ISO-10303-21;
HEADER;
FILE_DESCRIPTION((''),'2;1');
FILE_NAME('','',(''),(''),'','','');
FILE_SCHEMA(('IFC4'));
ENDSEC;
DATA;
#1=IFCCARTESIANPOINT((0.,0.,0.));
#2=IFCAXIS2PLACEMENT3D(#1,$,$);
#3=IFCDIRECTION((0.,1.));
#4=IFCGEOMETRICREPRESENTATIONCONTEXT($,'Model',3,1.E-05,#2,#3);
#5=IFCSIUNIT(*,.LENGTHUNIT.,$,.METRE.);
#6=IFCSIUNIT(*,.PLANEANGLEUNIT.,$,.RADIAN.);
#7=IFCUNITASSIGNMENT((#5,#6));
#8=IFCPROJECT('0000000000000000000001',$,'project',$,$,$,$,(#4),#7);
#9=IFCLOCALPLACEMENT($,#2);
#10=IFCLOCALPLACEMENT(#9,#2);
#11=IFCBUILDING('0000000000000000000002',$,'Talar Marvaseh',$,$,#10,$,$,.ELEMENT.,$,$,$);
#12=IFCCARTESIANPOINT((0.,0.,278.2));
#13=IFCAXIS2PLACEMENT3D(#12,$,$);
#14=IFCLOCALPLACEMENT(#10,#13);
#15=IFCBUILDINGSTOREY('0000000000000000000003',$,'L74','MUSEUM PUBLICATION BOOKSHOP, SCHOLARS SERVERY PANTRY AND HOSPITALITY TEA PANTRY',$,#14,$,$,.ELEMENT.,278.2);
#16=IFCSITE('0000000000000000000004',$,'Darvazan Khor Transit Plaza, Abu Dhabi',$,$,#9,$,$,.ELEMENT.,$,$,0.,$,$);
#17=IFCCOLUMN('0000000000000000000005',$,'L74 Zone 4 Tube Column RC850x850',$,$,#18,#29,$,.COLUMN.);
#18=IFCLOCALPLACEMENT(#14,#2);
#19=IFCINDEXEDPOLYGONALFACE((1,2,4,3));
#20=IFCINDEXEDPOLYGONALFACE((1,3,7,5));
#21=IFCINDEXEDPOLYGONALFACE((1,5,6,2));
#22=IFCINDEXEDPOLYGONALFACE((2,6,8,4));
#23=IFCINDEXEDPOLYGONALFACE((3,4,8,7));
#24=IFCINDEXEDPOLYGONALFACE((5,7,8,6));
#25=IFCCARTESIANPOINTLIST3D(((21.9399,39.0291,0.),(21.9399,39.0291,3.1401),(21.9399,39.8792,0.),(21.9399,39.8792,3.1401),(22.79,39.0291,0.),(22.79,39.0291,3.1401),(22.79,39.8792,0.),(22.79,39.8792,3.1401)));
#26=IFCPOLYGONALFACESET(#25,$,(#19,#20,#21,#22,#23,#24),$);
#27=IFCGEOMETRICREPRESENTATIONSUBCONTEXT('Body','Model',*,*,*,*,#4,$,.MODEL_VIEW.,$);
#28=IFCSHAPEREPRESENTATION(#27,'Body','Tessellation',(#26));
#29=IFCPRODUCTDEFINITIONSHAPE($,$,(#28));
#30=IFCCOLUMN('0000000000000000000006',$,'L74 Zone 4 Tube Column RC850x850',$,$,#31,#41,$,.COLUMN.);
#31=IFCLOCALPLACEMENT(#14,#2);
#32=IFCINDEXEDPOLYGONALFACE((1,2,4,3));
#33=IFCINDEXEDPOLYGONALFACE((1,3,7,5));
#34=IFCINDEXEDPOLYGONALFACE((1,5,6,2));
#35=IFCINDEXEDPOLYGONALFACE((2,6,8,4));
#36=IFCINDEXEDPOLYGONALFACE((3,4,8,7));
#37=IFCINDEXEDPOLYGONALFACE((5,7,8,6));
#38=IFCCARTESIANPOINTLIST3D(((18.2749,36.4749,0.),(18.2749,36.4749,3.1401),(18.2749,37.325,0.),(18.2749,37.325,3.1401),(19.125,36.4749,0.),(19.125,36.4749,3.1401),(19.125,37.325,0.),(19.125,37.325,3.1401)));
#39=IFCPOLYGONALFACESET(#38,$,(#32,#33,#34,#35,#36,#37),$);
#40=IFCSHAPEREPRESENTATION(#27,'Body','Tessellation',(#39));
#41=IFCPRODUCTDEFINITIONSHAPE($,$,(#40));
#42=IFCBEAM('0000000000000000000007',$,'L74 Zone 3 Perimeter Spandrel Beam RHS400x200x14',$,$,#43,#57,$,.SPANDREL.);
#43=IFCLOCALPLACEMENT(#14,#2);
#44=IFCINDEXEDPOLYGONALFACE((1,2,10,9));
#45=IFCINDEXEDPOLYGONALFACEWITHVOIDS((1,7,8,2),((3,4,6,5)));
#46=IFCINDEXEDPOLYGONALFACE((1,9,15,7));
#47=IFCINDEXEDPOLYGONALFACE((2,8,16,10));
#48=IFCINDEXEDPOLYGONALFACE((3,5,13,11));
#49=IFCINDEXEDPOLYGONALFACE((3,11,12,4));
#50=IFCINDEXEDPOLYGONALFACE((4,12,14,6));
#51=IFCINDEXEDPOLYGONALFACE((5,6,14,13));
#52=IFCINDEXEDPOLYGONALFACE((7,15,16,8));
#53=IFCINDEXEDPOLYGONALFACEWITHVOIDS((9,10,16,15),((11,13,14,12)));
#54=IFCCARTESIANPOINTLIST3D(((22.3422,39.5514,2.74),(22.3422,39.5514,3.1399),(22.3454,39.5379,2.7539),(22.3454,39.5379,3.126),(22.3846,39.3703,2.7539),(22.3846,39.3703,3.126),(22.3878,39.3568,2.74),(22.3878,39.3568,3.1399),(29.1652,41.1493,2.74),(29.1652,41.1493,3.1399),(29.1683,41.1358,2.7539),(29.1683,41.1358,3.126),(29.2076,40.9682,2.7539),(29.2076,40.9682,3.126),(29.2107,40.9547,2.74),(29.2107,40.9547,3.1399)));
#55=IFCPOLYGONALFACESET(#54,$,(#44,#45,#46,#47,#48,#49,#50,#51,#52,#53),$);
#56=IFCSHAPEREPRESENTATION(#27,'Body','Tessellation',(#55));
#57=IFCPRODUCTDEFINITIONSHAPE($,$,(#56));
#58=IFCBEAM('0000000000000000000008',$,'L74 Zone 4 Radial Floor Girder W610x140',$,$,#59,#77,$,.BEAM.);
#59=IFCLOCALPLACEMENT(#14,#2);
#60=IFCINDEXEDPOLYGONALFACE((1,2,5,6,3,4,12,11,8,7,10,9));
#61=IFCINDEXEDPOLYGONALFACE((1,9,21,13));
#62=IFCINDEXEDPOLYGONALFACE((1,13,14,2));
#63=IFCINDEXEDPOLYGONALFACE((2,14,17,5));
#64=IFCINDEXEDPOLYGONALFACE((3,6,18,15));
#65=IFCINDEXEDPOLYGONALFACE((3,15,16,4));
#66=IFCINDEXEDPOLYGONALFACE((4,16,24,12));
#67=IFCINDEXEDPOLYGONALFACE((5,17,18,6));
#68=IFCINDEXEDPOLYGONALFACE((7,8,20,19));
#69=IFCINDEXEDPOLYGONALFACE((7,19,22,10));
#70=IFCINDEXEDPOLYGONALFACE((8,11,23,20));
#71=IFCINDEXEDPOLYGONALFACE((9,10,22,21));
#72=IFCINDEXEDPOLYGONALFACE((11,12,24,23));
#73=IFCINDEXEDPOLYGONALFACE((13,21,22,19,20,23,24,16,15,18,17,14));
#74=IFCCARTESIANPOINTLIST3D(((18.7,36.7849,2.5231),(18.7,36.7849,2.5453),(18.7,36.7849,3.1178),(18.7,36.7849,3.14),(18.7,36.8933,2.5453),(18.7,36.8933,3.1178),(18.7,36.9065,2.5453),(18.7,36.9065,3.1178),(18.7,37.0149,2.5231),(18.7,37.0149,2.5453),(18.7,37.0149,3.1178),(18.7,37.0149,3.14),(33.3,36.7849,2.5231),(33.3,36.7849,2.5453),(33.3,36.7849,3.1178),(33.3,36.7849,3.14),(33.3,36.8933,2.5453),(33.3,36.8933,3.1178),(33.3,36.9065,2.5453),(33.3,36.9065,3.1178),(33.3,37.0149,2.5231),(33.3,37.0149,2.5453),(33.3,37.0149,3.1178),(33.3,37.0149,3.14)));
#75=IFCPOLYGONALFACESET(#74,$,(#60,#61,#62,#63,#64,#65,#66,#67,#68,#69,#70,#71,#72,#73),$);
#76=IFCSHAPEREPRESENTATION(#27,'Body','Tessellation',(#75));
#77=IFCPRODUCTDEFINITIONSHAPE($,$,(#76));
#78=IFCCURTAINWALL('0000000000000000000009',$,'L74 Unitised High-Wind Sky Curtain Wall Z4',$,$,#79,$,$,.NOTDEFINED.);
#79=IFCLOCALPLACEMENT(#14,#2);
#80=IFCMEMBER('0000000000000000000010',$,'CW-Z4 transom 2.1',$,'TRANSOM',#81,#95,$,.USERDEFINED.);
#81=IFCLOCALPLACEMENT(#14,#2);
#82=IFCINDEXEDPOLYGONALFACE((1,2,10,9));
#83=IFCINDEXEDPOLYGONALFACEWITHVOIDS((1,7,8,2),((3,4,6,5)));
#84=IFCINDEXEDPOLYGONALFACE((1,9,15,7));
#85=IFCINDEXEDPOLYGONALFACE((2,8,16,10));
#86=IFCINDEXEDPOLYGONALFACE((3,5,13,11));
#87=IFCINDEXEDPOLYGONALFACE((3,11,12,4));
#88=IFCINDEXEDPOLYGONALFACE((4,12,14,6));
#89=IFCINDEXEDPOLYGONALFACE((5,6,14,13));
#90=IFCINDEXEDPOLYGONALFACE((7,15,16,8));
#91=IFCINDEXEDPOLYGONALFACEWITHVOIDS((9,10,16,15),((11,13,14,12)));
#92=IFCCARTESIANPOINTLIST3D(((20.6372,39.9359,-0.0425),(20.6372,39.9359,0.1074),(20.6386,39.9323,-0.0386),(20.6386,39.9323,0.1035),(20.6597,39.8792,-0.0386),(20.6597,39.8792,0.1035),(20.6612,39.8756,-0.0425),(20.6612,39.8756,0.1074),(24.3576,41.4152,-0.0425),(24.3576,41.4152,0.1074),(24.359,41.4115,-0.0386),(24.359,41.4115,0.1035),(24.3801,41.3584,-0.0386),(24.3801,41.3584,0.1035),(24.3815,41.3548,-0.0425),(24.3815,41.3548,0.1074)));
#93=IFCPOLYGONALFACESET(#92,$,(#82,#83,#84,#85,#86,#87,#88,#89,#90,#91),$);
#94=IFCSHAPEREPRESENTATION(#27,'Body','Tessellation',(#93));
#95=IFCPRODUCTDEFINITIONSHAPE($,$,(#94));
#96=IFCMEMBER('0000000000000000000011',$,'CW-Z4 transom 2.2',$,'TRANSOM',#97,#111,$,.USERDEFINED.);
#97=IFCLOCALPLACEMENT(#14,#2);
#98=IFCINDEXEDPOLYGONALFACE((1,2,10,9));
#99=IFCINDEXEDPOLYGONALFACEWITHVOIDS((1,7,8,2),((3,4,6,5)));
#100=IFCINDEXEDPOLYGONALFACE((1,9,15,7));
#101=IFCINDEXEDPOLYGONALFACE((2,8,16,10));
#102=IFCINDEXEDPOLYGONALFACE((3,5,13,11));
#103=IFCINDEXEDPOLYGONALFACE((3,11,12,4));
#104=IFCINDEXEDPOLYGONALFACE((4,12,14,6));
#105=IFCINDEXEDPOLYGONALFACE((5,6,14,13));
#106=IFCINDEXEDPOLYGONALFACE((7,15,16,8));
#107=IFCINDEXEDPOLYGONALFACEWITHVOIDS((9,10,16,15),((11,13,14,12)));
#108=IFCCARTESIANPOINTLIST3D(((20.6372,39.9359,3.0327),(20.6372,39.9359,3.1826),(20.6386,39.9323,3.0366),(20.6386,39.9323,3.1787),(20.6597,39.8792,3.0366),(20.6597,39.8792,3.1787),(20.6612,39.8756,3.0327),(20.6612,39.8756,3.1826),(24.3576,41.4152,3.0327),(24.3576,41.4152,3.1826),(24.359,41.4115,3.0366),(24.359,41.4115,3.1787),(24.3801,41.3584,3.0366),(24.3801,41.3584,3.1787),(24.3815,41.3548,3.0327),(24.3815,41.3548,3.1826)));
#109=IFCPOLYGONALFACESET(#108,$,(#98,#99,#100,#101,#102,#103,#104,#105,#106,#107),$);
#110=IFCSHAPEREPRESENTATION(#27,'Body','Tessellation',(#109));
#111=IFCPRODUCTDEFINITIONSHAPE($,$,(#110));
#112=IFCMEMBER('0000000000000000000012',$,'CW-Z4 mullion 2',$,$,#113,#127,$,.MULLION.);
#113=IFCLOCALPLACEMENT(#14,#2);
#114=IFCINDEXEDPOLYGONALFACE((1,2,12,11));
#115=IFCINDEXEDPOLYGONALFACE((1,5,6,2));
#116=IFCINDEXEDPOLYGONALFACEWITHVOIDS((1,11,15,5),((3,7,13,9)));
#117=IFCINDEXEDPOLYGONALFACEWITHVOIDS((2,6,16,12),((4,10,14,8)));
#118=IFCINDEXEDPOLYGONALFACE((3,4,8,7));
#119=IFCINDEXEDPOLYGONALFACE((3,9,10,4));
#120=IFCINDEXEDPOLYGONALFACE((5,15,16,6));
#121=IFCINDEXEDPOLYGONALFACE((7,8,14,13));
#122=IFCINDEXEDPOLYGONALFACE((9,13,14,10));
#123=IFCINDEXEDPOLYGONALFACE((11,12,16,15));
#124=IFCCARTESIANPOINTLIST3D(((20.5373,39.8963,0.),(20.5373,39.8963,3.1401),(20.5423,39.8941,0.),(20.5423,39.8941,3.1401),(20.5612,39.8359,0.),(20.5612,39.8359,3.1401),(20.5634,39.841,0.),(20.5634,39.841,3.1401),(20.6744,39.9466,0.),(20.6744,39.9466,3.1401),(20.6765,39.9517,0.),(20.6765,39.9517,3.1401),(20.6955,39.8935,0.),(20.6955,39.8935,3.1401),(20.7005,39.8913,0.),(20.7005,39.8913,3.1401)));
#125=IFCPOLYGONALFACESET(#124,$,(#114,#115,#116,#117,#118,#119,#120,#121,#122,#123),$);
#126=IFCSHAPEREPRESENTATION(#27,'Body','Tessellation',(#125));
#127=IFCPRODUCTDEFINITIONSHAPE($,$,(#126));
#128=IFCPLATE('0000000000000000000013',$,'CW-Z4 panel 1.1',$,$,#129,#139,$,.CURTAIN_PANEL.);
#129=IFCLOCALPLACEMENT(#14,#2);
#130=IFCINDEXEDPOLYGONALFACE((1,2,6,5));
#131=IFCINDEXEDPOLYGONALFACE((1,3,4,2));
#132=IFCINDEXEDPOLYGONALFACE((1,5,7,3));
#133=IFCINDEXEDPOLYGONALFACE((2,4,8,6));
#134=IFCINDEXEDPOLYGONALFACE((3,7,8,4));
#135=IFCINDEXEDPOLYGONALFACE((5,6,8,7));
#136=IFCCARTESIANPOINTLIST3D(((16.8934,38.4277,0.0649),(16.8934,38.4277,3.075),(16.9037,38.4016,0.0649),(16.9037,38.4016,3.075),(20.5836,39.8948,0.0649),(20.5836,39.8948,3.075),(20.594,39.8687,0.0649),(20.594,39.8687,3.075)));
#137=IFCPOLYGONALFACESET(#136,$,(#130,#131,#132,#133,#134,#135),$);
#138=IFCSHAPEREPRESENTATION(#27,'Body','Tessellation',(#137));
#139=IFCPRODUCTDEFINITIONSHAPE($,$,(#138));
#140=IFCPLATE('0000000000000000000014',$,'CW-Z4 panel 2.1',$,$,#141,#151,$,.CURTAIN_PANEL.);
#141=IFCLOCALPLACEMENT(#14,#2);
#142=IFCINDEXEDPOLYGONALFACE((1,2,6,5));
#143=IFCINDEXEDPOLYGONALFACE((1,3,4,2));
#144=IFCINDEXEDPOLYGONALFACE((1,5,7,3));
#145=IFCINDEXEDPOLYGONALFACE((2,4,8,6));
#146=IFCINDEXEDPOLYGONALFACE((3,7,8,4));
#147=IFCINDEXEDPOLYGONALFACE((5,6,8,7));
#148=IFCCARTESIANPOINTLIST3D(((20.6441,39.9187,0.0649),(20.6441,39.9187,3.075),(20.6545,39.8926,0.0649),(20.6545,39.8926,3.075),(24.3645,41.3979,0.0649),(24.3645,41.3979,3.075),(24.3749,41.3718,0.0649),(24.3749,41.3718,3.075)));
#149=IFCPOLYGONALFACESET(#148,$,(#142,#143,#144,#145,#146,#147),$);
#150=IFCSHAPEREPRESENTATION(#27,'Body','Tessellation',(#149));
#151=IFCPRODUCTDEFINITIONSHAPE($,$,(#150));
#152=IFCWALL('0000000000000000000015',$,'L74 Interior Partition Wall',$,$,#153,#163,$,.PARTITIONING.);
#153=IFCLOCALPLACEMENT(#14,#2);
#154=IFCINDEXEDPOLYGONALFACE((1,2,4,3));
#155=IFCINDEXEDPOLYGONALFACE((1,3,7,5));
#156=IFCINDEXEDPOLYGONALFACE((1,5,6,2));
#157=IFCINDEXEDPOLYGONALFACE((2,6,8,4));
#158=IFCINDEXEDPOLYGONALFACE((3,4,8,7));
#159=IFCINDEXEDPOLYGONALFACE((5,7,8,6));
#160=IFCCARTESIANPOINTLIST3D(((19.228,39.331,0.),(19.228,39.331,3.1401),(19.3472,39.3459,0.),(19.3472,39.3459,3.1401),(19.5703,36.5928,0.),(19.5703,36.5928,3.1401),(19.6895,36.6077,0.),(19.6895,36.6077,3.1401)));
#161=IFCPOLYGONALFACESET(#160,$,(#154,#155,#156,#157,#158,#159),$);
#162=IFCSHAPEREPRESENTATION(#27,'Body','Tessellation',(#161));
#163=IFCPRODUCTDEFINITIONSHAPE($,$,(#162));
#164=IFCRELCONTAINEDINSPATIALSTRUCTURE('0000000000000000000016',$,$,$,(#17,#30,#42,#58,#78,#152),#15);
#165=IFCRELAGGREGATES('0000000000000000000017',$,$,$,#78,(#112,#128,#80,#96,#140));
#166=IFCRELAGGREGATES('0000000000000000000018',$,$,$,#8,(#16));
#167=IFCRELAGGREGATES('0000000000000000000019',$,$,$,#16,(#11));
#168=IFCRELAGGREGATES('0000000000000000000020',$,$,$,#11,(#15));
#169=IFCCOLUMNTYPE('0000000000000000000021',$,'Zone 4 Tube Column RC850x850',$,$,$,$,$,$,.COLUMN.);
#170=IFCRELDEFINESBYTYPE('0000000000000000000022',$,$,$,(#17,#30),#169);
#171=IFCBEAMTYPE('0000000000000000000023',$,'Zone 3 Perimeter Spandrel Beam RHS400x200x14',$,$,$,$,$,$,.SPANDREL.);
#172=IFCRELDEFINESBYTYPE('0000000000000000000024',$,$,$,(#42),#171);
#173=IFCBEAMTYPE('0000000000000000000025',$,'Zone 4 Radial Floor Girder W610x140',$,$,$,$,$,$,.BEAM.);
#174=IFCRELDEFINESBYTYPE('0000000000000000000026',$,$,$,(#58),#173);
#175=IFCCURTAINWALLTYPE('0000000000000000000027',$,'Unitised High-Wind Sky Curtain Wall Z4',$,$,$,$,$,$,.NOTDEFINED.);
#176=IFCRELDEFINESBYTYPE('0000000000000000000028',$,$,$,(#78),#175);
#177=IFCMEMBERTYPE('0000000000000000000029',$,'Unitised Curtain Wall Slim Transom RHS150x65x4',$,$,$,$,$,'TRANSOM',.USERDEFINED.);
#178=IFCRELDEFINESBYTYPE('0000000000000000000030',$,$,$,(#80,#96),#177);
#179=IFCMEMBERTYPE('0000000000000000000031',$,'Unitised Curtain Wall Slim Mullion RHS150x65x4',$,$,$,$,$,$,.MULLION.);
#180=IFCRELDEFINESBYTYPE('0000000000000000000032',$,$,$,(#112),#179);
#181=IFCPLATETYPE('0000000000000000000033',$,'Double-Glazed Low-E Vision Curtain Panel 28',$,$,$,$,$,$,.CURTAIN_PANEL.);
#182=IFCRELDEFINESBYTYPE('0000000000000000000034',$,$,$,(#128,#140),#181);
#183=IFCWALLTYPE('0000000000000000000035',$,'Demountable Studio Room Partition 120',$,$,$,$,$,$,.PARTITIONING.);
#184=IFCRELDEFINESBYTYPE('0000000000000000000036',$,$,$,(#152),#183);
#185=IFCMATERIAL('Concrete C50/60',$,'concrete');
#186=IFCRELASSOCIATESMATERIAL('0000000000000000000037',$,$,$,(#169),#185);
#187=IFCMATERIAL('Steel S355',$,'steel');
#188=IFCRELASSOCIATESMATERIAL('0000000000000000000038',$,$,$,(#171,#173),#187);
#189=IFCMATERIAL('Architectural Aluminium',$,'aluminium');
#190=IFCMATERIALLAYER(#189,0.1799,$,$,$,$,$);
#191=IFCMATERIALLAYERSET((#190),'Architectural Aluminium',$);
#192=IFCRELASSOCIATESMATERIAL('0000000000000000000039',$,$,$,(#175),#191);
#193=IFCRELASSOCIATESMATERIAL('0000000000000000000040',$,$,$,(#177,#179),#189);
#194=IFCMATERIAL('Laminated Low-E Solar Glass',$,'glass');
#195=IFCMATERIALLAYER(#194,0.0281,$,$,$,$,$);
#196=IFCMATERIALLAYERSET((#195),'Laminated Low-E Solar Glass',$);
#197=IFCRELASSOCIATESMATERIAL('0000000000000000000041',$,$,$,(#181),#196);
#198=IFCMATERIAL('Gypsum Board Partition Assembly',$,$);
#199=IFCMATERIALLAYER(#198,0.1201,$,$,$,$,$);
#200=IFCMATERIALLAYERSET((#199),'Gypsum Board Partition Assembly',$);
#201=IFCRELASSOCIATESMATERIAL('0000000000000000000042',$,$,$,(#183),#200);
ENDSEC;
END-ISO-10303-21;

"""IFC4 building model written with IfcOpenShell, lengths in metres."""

from ifc_helpers import new_model, si_unit, direction, frame, frame_2d, origin, origin_2d, place, context, subcontext, project, spatial, rectangle, hollow_rectangle, i_section, extrude, source, transform, mapped, material, layer, layer_set, material_profile, profile_set, type_object, type_shapes, element, aggregate, save


model = new_model("IFC4")

# Units and contexts
model_context = context("Model", 3, precision=1e-05, world=origin(), true_north=direction((0.0, 1.0)))
body_context = subcontext(model_context, "Body", "Model", "MODEL_VIEW")
ifc_project = project(units=[si_unit("LENGTHUNIT", "METRE"), si_unit("PLANEANGLEUNIT", "RADIAN")], contexts=[model_context])

# Site, building, storey
site_placement = place(None, origin())
site = spatial("IfcSite", under=ifc_project, at=site_placement, Name="Darvazan Khor Transit Plaza, Abu Dhabi", CompositionType="ELEMENT", RefElevation=0.0)
building_placement = place(site_placement, origin())
building = spatial("IfcBuilding", under=site, at=building_placement, Name="Talar Marvaseh", CompositionType="ELEMENT")
storey_placement = place(building_placement, frame((0.0, 0.0, 278.2)))
storey = spatial("IfcBuildingStorey", under=building, at=storey_placement, Name="L74", Description="MUSEUM PUBLICATION BOOKSHOP, SCHOLARS SERVERY PANTRY AND HOSPITALITY TEA PANTRY", CompositionType="ELEMENT", Elevation=278.2)

# Columns
ifc_material_1 = material(Name="Concrete C50/60", Category="concrete")
ifc_material_profile_1 = material_profile(ifc_material_1, rectangle(XDim=0.8501, YDim=0.8501, at=origin_2d()), Name="RC850x850")
ifc_profile_set_1 = profile_set([ifc_material_profile_1], Name="Concrete C50/60")
column_type = type_object("IfcColumnType", Name="Zone 4 Tube Column RC850x850", PredefinedType="COLUMN", material=ifc_profile_set_1)
for number, where, z_axis, x_axis, name in (
    (1, (22.365, 39.4541, 0.0), (0.0, 0.0, 1.0), (1.0, 0.0, 0.0), "L74 Zone 4 Tube Column RC850x850"),
    (2, (18.7, 36.8999, 0.0), (0.0, 0.0, 1.0), (1.0, 0.0, 0.0), "L74 Zone 4 Tube Column RC850x850"),
):
    element("IfcColumn", number, at=place(storey_placement, frame(where, z_axis=z_axis, x_axis=x_axis)), inside=storey, type_object=column_type, Name=name, PredefinedType="COLUMN", context=body_context, shape_type="SweptSolid", body=[
        extrude(rectangle(XDim=0.8501, YDim=0.8501, at=origin_2d()), origin(), (0.0, 0.0, 1.0), 3.1401),
    ])

# Beams
ifc_material_2 = material(Name="Steel S355", Category="steel")
ifc_material_profile_2 = material_profile(ifc_material_2, hollow_rectangle(XDim=0.2, YDim=0.3999, WallThickness=0.0139, at=origin_2d()), Name="RHS400x200x14")
ifc_profile_set_2 = profile_set([ifc_material_profile_2], Name="Steel S355")
beam_type_1 = type_object("IfcBeamType", Name="Zone 3 Perimeter Spandrel Beam RHS400x200x14", PredefinedType="SPANDREL", material=ifc_profile_set_2)
beam_1_placement = place(storey_placement, frame((22.365, 39.4541, 2.9399), z_axis=(0.973656, 0.228024, 0.0), x_axis=(-0.228024, 0.973656, 0.0)))
element("IfcBeam", 3, at=beam_1_placement, inside=storey, type_object=beam_type_1, Name="L74 Zone 3 Perimeter Spandrel Beam RHS400x200x14", PredefinedType="SPANDREL", context=body_context, shape_type="SweptSolid", body=[
    extrude(hollow_rectangle(XDim=0.2, YDim=0.3999, WallThickness=0.0139, at=origin_2d()), origin(), (0.0, 0.0, 1.0), 7.0076),
])
ifc_material_profile_3 = material_profile(ifc_material_2, i_section(OverallWidth=0.23, OverallDepth=0.6169, WebThickness=0.0132, FlangeThickness=0.0222, at=origin_2d()), Name="W610x140")
ifc_profile_set_3 = profile_set([ifc_material_profile_3], Name="Steel S355")
beam_type_2 = type_object("IfcBeamType", Name="Zone 4 Radial Floor Girder W610x140", PredefinedType="BEAM", material=ifc_profile_set_3)
beam_2_placement = place(storey_placement, frame((18.7, 36.8999, 2.8315), z_axis=(1.0, 0.0, 0.0), x_axis=(0.0, 1.0, 0.0)))
element("IfcBeam", 4, at=beam_2_placement, inside=storey, type_object=beam_type_2, Name="L74 Zone 4 Radial Floor Girder W610x140", PredefinedType="BEAM", context=body_context, shape_type="SweptSolid", body=[
    extrude(i_section(OverallWidth=0.23, OverallDepth=0.6169, WebThickness=0.0132, FlangeThickness=0.0222, at=origin_2d()), origin(), (0.0, 0.0, 1.0), 14.6001),
])

# Curtain wall, members, plates
ifc_material_3 = material(Name="Architectural Aluminium", Category="aluminium")
ifc_layer_1 = layer(ifc_material_3, 0.1799)
ifc_layer_set_1 = layer_set([ifc_layer_1], Name="Architectural Aluminium")
curtain_wall_type = type_object("IfcCurtainWallType", Name="Unitised High-Wind Sky Curtain Wall Z4", PredefinedType="NOTDEFINED", material=ifc_layer_set_1)
curtain_wall_placement = place(storey_placement, origin())
curtain_wall = element("IfcCurtainWall", 5, at=curtain_wall_placement, inside=storey, type_object=curtain_wall_type, Name="L74 Unitised High-Wind Sky Curtain Wall Z4", PredefinedType="NOTDEFINED")
ifc_material_profile_4 = material_profile(ifc_material_3, hollow_rectangle(XDim=0.0649, YDim=0.1499, WallThickness=0.0039, at=origin_2d()), Name="RHS150x65x4")
ifc_profile_set_4 = profile_set([ifc_material_profile_4], Name="Architectural Aluminium")
member_type_1 = type_object("IfcMemberType", Name="Unitised Curtain Wall Slim Transom RHS150x65x4", ElementType="TRANSOM", PredefinedType="USERDEFINED", material=ifc_profile_set_4)
shared_shape_1 = source(origin(), body_context, "Body", "SweptSolid", [
    extrude(hollow_rectangle(XDim=0.0649, YDim=0.1499, WallThickness=0.0039, at=origin_2d()), origin(), (0.0, 0.0, 1.0), 4.0037),
])
type_shapes(member_type_1, [shared_shape_1])
member_1_placement = place(storey_placement, frame((20.6492, 39.9058, 0.0325), z_axis=(0.929244, 0.369466, 0.0), x_axis=(-0.369466, 0.929244, 0.0)))
member_1 = element("IfcMember", 6, at=member_1_placement, type_object=member_type_1, Name="CW-Z4 transom 2.1", ObjectType="TRANSOM", PredefinedType="USERDEFINED", context=body_context, shape_type="MappedRepresentation", body=[
    mapped(shared_shape_1, transform((0.0, 0.0, 0.0), x_axis=(1.0, 0.0, 0.0), y_axis=(0.0, 1.0, 0.0), z_axis=(0.0, 0.0, 1.0), scale=1.0)),
])
member_2_placement = place(storey_placement, frame((20.6492, 39.9058, 3.1077), z_axis=(0.929244, 0.369466, 0.0), x_axis=(-0.369466, 0.929244, 0.0)))
member_2 = element("IfcMember", 7, at=member_2_placement, type_object=member_type_1, Name="CW-Z4 transom 2.2", ObjectType="TRANSOM", PredefinedType="USERDEFINED", context=body_context, shape_type="MappedRepresentation", body=[
    mapped(shared_shape_1, transform((0.0, 0.0, 0.0), x_axis=(1.0, 0.0, 0.0), y_axis=(0.0, 1.0, 0.0), z_axis=(0.0, 0.0, 1.0), scale=1.0)),
])
ifc_material_profile_5 = material_profile(ifc_material_3, hollow_rectangle(XDim=0.0649, YDim=0.1499, WallThickness=0.0039, at=origin_2d()), Name="RHS150x65x4")
ifc_profile_set_5 = profile_set([ifc_material_profile_5], Name="Architectural Aluminium")
member_type_2 = type_object("IfcMemberType", Name="Unitised Curtain Wall Slim Mullion RHS150x65x4", PredefinedType="MULLION", material=ifc_profile_set_5)
shared_shape_2 = source(origin(), body_context, "Body", "SweptSolid", [
    extrude(hollow_rectangle(XDim=0.0649, YDim=0.1499, WallThickness=0.0039, at=origin_2d()), origin(), (0.0, 0.0, 1.0), 3.1401),
])
type_shapes(member_type_2, [shared_shape_2])
member_3_placement = place(storey_placement, frame((20.6189, 39.8938, 0.0), z_axis=(0.0, 0.0, 1.0), x_axis=(-0.36945, 0.92925, 0.0)))
member_3 = element("IfcMember", 8, at=member_3_placement, type_object=member_type_2, Name="CW-Z4 mullion 2", PredefinedType="MULLION", context=body_context, shape_type="MappedRepresentation", body=[
    mapped(shared_shape_2, transform((0.0, 0.0, 0.0), x_axis=(1.0, 0.0, 0.0), y_axis=(0.0, 1.0, 0.0), z_axis=(0.0, 0.0, 1.0), scale=1.0)),
])
ifc_material_4 = material(Name="Laminated Low-E Solar Glass", Category="glass")
ifc_layer_2 = layer(ifc_material_4, 0.0281)
ifc_layer_set_2 = layer_set([ifc_layer_2], Name="Laminated Low-E Solar Glass")
plate_type = type_object("IfcPlateType", Name="Double-Glazed Low-E Vision Curtain Panel 28", PredefinedType="CURTAIN_PANEL", material=ifc_layer_set_2)
shared_shape_3 = source(origin(), body_context, "Body", "SweptSolid", [
    extrude(rectangle(XDim=3.9712, YDim=0.0281, at=origin_2d()), origin(), (0.0, 0.0, 1.0), 3.01),
])
plate_1_placement = place(storey_placement, frame((18.7437, 39.1482, 0.0649), z_axis=(0.0, 0.0, 1.0), x_axis=(0.92925, 0.36945, 0.0)))
plate_1 = element("IfcPlate", 9, at=plate_1_placement, type_object=plate_type, Name="CW-Z4 panel 1.1", PredefinedType="CURTAIN_PANEL", context=body_context, shape_type="MappedRepresentation", body=[
    mapped(shared_shape_3, transform((0.0, 0.0, 0.0), x_axis=(1.0, 0.0, 0.0), y_axis=(0.0, 1.0, 0.0), z_axis=(0.0, 0.0, 1.0), scale=1.0)),
])
shared_shape_4 = source(origin(), body_context, "Body", "SweptSolid", [
    extrude(rectangle(XDim=4.0037, YDim=0.0281, at=origin_2d()), origin(), (0.0, 0.0, 1.0), 3.01),
])
type_shapes(plate_type, [shared_shape_3, shared_shape_4])
plate_2_placement = place(storey_placement, frame((22.5095, 40.6453, 0.0649), z_axis=(0.0, 0.0, 1.0), x_axis=(0.92925, 0.36945, 0.0)))
plate_2 = element("IfcPlate", 10, at=plate_2_placement, type_object=plate_type, Name="CW-Z4 panel 2.1", PredefinedType="CURTAIN_PANEL", context=body_context, shape_type="MappedRepresentation", body=[
    mapped(shared_shape_4, transform((0.0, 0.0, 0.0), x_axis=(1.0, 0.0, 0.0), y_axis=(0.0, 1.0, 0.0), z_axis=(0.0, 0.0, 1.0), scale=1.0)),
])
aggregate(curtain_wall, [member_3, plate_1, member_1, member_2, plate_2])

# Wall
ifc_material_5 = material(Name="Gypsum Board Partition Assembly")
ifc_layer_3 = layer(ifc_material_5, 0.1201)
ifc_layer_set_3 = layer_set([ifc_layer_3], Name="Gypsum Board Partition Assembly")
wall_type_1 = type_object("IfcWallType", Name="Demountable Studio Room Partition 120", PredefinedType="PARTITIONING", material=ifc_layer_set_3)
wall_1_placement = place(storey_placement, frame((19.6299, 36.6001, 0.0), z_axis=(0.0, 0.0, 1.0), x_axis=(-0.124035, 0.992278, 0.0)))
element("IfcWall", 11, at=wall_1_placement, inside=storey, type_object=wall_type_1, Name="L74 Interior Partition Wall", PredefinedType="PARTITIONING", context=body_context, shape_type="SweptSolid", body=[
    extrude(rectangle(XDim=2.7595, YDim=0.1201, at=frame_2d((1.3799, 0.0))), origin(), (0.0, 0.0, 1.0), 3.1401),
])

save(model, "model.ifc")
